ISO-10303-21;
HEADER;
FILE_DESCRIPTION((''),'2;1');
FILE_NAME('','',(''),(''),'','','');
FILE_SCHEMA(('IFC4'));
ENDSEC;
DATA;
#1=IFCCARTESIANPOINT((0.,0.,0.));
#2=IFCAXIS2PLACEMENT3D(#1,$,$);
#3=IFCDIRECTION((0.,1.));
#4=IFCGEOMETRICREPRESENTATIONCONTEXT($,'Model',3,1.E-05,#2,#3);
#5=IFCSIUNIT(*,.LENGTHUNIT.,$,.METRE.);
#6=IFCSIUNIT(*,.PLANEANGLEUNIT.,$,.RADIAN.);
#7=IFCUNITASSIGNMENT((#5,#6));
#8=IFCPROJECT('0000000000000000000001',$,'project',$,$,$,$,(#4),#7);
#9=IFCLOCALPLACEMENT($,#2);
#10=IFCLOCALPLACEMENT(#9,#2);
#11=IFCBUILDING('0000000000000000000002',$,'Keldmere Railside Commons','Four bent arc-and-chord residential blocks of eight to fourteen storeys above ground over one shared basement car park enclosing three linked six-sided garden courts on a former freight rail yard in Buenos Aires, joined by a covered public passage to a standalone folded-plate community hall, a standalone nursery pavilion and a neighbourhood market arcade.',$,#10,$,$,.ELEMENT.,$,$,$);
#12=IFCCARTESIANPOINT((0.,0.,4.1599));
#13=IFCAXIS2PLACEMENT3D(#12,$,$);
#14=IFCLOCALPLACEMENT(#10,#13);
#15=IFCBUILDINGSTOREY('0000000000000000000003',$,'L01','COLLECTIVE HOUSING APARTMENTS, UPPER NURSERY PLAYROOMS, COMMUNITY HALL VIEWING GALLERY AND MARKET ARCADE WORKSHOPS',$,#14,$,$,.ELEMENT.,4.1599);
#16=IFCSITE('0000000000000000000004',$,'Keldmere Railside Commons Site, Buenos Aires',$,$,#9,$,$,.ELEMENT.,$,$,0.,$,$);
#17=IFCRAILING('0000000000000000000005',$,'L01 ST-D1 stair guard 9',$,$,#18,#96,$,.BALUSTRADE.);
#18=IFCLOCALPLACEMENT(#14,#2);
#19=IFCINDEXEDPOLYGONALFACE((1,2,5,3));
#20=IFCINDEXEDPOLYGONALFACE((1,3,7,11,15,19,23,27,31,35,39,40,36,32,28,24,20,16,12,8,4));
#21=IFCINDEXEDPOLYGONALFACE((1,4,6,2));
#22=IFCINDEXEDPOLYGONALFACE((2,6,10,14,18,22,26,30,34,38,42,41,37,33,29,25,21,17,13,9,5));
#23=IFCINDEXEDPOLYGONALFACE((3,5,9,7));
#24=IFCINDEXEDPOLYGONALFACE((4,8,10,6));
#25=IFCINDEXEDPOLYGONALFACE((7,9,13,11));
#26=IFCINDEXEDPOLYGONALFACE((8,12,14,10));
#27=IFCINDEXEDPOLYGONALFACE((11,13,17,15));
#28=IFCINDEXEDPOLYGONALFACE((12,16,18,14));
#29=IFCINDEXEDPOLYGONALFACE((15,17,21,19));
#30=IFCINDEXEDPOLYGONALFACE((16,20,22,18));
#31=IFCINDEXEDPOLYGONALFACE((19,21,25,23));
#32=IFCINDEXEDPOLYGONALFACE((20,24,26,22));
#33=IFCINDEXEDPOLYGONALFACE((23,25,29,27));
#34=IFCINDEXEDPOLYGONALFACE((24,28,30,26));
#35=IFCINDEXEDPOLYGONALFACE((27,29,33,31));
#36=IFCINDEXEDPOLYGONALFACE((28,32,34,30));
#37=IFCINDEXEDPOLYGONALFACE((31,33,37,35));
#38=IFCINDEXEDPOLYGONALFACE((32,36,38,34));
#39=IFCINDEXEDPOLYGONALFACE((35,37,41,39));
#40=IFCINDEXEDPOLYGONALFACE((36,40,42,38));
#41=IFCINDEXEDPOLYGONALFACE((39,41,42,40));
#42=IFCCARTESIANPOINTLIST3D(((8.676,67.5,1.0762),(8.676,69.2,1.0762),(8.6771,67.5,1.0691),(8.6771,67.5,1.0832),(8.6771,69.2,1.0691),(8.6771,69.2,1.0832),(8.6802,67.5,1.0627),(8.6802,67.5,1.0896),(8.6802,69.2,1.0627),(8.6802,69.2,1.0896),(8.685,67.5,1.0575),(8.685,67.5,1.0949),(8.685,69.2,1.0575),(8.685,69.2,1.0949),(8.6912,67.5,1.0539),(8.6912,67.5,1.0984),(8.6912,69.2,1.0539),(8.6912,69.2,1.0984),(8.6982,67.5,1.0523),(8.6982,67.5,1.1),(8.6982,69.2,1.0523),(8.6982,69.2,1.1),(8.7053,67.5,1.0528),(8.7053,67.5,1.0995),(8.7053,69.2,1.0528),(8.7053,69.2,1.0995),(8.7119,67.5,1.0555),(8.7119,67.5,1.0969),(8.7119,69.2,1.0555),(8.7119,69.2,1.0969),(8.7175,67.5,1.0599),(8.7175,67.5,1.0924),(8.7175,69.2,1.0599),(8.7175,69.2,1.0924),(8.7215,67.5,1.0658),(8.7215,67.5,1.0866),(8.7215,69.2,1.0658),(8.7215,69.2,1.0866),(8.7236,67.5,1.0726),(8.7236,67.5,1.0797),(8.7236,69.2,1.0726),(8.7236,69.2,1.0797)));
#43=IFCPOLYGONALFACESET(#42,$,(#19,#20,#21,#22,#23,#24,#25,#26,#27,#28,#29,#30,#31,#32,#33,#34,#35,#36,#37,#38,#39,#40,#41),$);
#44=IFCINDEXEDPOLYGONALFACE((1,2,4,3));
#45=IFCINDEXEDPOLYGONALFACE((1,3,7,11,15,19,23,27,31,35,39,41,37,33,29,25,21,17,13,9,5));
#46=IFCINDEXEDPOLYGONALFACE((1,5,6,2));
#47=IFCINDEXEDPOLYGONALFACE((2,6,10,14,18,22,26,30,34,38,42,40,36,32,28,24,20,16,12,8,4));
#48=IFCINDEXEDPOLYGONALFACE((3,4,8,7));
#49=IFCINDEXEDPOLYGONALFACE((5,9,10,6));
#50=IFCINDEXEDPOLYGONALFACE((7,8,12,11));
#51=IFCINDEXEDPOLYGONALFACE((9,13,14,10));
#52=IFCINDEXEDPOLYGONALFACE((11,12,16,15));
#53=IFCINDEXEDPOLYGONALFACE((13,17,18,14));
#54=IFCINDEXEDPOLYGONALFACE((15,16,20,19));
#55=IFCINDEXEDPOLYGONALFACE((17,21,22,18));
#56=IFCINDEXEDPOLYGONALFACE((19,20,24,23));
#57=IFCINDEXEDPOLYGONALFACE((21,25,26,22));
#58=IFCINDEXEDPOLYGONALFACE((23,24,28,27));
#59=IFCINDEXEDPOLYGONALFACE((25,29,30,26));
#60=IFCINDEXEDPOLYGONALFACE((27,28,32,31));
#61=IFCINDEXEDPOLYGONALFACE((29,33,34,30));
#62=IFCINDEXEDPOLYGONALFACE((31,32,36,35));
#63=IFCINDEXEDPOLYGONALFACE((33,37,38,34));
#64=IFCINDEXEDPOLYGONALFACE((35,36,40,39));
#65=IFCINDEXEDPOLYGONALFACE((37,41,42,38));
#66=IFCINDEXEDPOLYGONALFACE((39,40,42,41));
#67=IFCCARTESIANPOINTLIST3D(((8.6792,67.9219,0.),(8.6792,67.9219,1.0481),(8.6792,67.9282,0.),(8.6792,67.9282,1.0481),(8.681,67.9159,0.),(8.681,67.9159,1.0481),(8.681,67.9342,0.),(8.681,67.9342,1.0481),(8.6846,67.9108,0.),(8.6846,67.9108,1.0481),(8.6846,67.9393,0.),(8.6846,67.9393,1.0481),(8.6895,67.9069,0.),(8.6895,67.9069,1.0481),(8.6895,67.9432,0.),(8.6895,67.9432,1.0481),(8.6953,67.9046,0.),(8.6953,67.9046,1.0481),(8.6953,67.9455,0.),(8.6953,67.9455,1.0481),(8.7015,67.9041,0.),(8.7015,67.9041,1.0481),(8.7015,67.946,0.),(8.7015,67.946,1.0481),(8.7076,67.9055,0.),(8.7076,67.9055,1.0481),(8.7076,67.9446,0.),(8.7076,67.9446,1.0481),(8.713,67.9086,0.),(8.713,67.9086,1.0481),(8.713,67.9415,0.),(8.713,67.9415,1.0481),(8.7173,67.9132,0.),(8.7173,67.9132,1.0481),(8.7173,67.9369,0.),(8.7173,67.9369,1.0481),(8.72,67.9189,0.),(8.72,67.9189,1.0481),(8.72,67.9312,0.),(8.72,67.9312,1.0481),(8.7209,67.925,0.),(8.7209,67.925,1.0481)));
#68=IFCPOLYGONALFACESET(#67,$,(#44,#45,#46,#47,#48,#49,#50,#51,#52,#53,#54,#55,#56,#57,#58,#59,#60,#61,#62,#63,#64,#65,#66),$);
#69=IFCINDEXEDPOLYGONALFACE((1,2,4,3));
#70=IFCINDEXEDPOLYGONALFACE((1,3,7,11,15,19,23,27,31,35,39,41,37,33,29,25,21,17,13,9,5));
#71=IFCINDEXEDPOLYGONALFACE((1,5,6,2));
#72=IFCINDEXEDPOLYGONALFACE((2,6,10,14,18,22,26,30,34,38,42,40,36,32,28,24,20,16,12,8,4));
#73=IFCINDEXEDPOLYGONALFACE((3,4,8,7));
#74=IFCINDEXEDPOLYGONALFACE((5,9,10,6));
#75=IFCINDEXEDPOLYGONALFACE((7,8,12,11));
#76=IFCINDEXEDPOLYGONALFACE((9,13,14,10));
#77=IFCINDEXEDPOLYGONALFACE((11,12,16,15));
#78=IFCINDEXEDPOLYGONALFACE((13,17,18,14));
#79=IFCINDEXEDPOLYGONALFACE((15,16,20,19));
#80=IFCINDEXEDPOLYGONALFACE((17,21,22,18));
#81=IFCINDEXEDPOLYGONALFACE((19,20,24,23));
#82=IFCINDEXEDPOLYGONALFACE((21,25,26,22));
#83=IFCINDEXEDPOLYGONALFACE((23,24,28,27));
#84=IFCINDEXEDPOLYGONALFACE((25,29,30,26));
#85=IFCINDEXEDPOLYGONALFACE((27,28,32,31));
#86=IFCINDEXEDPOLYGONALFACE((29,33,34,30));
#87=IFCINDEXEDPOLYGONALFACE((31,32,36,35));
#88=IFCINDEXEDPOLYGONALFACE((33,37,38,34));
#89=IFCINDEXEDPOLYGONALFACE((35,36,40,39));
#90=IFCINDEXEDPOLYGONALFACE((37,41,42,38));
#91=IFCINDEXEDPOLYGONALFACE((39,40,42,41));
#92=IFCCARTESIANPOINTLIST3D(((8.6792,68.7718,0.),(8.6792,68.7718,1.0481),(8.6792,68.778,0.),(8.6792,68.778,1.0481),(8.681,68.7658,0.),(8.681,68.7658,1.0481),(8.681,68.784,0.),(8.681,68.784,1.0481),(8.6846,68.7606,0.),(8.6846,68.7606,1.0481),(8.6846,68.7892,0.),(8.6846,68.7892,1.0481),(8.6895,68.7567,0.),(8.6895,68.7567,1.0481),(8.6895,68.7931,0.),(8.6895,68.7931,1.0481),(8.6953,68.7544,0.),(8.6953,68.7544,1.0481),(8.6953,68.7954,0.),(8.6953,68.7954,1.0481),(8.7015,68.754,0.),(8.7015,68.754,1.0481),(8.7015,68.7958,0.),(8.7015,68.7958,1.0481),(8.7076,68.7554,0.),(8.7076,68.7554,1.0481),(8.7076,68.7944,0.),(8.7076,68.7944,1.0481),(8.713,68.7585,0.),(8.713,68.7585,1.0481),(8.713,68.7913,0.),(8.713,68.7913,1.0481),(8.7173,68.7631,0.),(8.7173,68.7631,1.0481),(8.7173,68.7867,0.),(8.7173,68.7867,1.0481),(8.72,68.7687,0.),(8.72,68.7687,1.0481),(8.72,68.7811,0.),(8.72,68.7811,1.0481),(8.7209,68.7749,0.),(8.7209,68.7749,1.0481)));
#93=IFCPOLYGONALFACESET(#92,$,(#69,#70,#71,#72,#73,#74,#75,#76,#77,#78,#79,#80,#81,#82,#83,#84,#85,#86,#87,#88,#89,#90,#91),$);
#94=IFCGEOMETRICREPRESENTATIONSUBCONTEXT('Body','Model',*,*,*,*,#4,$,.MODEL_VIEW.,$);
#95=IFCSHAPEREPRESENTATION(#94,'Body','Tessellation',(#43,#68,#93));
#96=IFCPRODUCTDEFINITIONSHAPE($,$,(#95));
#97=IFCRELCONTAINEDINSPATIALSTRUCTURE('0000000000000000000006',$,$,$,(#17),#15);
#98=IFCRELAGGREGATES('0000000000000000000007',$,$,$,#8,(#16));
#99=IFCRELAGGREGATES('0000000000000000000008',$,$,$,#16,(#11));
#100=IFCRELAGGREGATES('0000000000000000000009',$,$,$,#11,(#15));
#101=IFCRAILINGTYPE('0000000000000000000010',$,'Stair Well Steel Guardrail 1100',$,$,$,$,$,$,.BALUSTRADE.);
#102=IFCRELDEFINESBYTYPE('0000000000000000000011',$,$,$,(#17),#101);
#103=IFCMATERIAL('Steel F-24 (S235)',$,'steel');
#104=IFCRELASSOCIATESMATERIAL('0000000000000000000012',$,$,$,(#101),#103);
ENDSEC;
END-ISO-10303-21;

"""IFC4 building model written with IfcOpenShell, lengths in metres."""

from ifc_helpers import new_model, si_unit, direction, frame, origin, origin_2d, place, context, subcontext, project, spatial, circle, extrude, material, type_object, element, save


model = new_model("IFC4")

# Units and contexts
model_context = context("Model", 3, precision=1e-05, world=origin(), true_north=direction((0.0, 1.0)))
body_context = subcontext(model_context, "Body", "Model", "MODEL_VIEW")
ifc_project = project(units=[si_unit("LENGTHUNIT", "METRE"), si_unit("PLANEANGLEUNIT", "RADIAN")], contexts=[model_context])

# Site, building, storey
site_placement = place(None, origin())
site = spatial("IfcSite", under=ifc_project, at=site_placement, Name="Keldmere Railside Commons Site, Buenos Aires", CompositionType="ELEMENT", RefElevation=0.0)
building_placement = place(site_placement, origin())
building = spatial("IfcBuilding", under=site, at=building_placement, Name="Keldmere Railside Commons", Description="Four bent arc-and-chord residential blocks of eight to fourteen storeys above ground over one shared basement car park enclosing three linked six-sided garden courts on a former freight rail yard in Buenos Aires, joined by a covered public passage to a standalone folded-plate community hall, a standalone nursery pavilion and a neighbourhood market arcade.", CompositionType="ELEMENT")
storey_placement = place(building_placement, frame((0.0, 0.0, 4.1599)))
storey = spatial("IfcBuildingStorey", under=building, at=storey_placement, Name="L01", Description="COLLECTIVE HOUSING APARTMENTS, UPPER NURSERY PLAYROOMS, COMMUNITY HALL VIEWING GALLERY AND MARKET ARCADE WORKSHOPS", CompositionType="ELEMENT", Elevation=4.1599)

# Railing
ifc_material_1 = material(Name="Steel F-24 (S235)", Category="steel")
railing_type_1 = type_object("IfcRailingType", Name="Stair Well Steel Guardrail 1100", PredefinedType="BALUSTRADE", material=ifc_material_1)
for number, where, name in (
    (1, (8.7, 67.5, 0.0), "L01 ST-D1 stair guard 9"),
):
    element("IfcRailing", number, at=place(storey_placement, frame(where)), inside=storey, type_object=railing_type_1, Name=name, PredefinedType="BALUSTRADE", context=body_context, shape_type="SweptSolid", body=[
        extrude(circle(Radius=0.0239, at=origin_2d()), frame((0.0, 0.0, 1.0762), z_axis=(0.0, 1.0, 0.0), x_axis=(-1.0, 0.0, 0.0)), (0.0, 0.0, 1.0), 1.7),
        extrude(circle(Radius=0.021, at=origin_2d()), frame((0.0, 0.425, 0.0)), (0.0, 0.0, 1.0), 1.0481),
        extrude(circle(Radius=0.021, at=origin_2d()), frame((0.0, 1.2749, 0.0)), (0.0, 0.0, 1.0), 1.0481),
    ])

save(model, "model.ifc")
